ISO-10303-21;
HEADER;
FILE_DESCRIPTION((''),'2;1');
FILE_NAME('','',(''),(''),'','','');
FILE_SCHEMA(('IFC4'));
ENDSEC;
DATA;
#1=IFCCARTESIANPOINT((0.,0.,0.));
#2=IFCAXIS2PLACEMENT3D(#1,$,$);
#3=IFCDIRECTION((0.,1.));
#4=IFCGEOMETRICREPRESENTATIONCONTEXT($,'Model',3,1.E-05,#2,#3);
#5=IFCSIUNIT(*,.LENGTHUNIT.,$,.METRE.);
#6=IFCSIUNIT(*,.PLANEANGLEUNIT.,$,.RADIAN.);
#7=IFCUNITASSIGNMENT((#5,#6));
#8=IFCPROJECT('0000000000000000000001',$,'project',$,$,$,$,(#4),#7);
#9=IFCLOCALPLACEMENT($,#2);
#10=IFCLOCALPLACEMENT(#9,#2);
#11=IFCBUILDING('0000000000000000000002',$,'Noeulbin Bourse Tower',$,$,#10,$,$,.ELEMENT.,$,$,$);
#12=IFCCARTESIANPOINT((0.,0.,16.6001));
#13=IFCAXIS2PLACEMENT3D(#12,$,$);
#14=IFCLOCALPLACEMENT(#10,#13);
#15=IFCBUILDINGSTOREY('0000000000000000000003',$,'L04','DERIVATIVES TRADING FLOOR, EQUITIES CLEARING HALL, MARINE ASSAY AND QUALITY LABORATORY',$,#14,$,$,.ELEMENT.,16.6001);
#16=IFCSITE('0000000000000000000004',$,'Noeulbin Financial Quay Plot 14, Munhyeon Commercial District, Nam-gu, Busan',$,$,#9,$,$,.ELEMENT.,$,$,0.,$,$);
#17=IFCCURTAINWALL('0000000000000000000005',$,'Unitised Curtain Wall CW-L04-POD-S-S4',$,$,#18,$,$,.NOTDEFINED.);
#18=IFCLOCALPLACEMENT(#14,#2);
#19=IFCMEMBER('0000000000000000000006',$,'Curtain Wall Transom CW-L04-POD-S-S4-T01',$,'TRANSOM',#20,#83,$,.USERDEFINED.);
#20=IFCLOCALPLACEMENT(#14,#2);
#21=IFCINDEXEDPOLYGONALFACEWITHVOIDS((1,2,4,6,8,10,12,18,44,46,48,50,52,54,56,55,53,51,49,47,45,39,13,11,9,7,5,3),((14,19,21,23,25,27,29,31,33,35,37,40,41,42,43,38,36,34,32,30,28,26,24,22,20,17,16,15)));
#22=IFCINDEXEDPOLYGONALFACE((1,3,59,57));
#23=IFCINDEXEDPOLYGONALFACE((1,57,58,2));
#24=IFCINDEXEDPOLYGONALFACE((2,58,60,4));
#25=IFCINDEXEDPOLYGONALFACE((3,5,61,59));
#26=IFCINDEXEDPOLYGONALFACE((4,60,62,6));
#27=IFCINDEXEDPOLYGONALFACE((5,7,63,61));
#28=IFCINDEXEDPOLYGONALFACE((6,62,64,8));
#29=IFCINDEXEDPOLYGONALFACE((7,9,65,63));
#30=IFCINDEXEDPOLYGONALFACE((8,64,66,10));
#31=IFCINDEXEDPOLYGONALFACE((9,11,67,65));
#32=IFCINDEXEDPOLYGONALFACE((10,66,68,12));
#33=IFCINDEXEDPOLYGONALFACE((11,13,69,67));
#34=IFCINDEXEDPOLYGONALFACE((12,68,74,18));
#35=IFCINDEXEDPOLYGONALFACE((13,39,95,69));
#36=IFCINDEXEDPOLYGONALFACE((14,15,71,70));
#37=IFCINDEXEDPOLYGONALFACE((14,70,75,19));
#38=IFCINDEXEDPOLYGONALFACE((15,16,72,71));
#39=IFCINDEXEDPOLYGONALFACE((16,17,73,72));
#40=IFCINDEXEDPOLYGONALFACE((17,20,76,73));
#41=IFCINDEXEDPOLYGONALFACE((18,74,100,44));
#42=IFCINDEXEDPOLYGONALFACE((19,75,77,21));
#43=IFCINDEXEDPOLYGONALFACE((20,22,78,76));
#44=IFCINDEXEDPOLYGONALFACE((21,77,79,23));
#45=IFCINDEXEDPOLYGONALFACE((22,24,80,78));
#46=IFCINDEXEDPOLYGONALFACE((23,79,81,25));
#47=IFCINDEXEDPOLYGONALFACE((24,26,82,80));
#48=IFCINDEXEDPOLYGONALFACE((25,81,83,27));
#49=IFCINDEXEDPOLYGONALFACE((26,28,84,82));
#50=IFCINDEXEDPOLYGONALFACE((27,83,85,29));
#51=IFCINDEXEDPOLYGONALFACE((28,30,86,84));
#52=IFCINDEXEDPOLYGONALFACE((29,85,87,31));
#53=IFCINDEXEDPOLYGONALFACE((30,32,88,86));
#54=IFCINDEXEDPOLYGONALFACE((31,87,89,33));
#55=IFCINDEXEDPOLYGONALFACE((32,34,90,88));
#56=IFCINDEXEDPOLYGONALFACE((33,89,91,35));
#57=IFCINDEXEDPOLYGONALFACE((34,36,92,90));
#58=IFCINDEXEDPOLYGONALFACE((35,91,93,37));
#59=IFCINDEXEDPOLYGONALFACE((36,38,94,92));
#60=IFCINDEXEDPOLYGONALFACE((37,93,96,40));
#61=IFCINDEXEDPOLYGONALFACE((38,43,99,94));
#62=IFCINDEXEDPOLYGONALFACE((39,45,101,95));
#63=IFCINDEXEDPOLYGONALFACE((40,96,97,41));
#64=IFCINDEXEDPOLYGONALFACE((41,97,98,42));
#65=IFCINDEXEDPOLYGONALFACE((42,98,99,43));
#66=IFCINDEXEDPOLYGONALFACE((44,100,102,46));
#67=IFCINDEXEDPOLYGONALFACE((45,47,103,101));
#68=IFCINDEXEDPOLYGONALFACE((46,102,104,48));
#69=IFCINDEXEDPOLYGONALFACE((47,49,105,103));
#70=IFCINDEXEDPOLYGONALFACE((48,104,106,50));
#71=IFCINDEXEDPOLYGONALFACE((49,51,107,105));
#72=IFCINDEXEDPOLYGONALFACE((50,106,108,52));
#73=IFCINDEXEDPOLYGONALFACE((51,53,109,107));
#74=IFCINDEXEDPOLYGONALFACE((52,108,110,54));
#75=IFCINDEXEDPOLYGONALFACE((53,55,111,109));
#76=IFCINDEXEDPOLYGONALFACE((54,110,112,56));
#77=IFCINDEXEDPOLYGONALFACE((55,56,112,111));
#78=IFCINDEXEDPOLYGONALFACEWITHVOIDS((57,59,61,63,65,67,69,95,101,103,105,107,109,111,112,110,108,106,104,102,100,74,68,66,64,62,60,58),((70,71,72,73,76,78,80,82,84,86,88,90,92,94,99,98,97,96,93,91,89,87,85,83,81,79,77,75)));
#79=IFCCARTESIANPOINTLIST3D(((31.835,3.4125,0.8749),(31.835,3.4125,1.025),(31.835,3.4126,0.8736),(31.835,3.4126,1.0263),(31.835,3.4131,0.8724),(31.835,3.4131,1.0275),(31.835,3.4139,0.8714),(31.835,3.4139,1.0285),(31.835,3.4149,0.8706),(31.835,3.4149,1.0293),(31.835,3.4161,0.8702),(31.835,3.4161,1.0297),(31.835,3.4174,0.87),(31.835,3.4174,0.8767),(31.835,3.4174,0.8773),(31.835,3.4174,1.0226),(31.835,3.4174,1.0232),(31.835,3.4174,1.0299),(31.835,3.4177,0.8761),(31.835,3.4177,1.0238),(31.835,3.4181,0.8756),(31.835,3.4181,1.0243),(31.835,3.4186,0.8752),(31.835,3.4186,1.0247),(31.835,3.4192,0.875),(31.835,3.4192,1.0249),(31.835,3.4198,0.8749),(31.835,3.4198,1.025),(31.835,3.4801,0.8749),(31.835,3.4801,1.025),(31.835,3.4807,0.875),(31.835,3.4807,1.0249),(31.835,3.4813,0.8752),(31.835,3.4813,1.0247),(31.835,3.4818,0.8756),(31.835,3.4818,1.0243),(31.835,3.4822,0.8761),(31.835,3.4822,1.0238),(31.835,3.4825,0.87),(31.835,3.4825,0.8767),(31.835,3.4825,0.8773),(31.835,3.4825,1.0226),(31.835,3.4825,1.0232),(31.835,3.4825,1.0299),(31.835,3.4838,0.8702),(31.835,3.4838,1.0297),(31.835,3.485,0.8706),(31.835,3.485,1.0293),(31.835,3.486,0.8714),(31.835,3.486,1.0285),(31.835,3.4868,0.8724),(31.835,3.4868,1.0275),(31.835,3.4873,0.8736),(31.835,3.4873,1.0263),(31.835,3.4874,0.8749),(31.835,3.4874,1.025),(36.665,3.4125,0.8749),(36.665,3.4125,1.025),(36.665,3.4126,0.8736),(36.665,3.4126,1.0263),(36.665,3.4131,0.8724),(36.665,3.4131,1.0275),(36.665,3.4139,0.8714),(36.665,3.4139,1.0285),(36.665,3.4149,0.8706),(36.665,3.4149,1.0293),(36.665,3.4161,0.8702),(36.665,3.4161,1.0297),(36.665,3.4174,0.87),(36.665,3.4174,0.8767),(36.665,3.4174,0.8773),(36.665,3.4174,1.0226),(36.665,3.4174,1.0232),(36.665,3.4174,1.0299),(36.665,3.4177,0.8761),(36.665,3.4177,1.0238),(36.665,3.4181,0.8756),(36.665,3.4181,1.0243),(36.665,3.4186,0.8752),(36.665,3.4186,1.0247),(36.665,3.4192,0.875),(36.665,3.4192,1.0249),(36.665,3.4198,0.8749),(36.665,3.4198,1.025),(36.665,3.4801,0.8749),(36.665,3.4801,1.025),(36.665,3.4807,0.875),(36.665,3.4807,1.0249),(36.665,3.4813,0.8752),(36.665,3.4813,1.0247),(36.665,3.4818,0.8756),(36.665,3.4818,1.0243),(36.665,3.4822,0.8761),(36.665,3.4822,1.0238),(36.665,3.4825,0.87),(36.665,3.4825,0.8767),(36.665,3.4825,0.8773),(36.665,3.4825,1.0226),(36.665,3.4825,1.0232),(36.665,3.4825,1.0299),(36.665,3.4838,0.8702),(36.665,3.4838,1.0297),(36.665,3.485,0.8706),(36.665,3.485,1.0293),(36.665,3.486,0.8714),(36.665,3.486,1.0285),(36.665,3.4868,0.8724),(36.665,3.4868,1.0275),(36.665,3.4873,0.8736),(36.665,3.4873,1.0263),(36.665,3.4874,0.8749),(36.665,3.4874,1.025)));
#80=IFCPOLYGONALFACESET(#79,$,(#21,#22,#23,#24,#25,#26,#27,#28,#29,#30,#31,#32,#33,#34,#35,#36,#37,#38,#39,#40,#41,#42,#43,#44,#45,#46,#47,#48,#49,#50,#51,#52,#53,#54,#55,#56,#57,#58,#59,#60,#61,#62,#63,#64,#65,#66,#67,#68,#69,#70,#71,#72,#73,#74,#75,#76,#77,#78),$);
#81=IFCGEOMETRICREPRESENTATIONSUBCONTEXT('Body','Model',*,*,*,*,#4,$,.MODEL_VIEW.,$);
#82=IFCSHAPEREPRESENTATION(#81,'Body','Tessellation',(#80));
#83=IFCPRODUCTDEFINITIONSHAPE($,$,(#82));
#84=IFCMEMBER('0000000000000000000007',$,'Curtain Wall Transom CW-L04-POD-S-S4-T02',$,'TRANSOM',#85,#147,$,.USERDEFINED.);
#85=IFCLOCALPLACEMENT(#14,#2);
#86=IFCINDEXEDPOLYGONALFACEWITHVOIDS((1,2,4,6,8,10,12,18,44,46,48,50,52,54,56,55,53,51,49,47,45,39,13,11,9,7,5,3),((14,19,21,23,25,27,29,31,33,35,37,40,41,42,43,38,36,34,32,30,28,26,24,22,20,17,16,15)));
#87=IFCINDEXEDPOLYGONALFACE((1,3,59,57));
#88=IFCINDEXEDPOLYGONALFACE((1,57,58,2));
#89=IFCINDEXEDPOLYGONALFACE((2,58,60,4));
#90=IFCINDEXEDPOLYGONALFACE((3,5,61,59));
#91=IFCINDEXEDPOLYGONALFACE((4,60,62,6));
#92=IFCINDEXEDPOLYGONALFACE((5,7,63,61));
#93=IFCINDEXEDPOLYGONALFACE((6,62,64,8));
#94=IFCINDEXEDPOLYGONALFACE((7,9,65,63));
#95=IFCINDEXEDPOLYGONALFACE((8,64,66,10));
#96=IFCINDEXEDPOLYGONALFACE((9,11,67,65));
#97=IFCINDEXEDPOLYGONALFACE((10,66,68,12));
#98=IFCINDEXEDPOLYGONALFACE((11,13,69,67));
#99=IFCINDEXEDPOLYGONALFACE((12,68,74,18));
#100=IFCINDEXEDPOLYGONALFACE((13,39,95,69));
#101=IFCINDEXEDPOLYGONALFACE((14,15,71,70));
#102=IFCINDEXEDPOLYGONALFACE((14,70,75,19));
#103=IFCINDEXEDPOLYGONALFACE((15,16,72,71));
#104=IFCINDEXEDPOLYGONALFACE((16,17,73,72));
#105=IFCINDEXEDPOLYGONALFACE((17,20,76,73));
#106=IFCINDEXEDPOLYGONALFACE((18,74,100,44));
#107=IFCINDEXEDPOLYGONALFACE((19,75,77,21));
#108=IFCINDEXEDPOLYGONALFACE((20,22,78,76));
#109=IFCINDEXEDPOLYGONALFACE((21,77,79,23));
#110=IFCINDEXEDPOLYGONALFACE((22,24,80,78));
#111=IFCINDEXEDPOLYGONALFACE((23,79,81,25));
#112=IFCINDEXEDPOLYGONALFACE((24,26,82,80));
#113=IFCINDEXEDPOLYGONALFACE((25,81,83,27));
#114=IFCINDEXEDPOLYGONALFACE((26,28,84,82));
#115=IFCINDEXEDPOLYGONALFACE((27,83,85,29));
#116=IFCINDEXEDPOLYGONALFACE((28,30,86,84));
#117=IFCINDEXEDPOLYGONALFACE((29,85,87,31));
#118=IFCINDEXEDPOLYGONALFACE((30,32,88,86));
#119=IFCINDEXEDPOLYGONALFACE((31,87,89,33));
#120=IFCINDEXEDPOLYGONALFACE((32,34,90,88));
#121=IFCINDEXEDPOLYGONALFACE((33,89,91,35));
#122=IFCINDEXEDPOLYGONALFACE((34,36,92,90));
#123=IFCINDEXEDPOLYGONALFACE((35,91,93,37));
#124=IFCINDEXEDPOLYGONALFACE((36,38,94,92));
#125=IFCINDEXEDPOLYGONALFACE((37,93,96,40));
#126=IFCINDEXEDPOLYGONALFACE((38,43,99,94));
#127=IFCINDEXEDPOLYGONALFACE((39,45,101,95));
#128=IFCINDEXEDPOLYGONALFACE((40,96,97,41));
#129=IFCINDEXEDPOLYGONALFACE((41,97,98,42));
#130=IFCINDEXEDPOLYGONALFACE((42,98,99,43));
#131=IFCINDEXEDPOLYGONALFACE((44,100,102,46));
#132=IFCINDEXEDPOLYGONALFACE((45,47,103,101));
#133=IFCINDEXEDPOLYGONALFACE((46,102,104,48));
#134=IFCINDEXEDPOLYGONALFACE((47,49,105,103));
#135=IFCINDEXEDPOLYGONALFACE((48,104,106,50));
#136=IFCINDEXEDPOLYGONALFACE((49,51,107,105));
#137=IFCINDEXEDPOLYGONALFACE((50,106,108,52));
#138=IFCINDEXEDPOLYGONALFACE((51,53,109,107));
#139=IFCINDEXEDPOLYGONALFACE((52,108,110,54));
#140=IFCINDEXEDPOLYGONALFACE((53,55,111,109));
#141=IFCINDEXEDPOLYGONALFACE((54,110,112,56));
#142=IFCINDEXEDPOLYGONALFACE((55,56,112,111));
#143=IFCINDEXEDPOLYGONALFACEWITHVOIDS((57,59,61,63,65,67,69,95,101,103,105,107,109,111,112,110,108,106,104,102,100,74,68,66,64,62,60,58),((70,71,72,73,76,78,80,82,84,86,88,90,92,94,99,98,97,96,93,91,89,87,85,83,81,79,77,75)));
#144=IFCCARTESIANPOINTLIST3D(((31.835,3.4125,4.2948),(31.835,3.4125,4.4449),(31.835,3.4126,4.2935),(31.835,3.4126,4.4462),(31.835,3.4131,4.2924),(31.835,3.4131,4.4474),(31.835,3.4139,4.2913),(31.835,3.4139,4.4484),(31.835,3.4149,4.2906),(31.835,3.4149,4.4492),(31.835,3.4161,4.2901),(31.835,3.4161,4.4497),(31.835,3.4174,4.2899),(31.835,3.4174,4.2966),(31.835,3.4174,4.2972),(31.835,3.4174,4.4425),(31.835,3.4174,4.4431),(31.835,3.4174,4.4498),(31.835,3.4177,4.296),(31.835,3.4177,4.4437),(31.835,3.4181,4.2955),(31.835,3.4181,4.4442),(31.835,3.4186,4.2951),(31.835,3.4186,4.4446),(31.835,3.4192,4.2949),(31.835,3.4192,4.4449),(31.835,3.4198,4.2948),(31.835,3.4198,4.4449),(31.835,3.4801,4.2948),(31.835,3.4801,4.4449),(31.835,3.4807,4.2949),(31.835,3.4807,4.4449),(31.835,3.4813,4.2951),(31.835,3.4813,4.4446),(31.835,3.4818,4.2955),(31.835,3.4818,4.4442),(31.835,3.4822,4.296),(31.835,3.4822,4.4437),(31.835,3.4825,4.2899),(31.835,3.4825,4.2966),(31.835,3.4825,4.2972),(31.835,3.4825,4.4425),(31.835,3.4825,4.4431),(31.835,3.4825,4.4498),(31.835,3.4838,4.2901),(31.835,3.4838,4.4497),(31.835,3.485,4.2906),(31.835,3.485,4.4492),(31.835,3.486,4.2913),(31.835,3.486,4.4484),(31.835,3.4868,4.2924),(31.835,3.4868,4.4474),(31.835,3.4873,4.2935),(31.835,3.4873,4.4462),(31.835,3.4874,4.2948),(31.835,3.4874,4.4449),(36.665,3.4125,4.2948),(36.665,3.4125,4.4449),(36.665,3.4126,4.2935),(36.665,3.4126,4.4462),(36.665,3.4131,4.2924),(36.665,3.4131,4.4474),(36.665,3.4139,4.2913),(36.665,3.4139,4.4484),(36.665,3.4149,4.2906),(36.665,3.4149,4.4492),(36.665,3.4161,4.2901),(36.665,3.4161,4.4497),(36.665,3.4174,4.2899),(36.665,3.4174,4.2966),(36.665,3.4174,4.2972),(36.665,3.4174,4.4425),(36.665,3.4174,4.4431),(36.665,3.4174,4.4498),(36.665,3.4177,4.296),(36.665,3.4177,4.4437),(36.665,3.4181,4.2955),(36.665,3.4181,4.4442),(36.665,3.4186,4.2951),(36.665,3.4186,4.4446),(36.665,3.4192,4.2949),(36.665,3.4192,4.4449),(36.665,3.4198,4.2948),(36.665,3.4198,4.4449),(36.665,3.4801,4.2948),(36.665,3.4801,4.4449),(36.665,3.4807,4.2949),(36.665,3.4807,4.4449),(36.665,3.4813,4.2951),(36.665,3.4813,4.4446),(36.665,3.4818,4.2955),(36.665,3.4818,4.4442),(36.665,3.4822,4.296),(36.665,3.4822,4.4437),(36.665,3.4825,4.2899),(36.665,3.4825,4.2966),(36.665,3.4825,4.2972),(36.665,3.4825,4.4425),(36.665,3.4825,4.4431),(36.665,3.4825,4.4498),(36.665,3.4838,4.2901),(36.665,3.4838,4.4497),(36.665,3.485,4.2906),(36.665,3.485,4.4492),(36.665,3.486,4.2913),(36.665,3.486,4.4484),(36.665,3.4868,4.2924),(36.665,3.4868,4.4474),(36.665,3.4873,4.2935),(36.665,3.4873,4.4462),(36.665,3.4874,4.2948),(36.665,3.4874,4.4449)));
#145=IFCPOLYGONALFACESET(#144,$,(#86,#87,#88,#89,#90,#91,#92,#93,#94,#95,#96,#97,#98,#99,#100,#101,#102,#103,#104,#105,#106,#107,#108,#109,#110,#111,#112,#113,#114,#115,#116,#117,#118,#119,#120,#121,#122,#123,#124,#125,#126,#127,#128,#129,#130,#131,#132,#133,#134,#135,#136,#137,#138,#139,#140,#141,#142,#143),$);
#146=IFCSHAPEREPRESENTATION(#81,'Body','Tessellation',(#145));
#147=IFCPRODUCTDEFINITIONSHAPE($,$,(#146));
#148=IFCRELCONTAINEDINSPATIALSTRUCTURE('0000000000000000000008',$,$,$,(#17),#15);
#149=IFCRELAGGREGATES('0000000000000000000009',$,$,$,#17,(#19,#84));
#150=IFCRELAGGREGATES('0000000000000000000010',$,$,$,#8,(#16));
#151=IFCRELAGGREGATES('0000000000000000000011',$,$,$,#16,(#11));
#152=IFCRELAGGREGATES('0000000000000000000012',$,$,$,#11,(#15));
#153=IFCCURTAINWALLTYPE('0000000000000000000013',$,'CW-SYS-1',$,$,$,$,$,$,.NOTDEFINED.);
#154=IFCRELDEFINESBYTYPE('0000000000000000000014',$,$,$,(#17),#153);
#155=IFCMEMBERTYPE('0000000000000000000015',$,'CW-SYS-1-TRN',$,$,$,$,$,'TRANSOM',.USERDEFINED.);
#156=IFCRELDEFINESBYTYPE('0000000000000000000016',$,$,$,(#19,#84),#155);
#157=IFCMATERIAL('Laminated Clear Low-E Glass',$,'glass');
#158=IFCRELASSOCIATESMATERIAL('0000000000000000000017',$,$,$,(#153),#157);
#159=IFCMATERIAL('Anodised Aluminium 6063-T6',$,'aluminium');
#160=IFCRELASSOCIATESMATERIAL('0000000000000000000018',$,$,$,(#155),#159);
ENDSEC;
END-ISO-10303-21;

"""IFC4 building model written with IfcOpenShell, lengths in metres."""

from ifc_helpers import new_model, si_unit, direction, frame, origin, origin_2d, place, context, subcontext, project, spatial, hollow_rectangle, extrude, material, material_profile, profile_set, type_object, element, aggregate, save


model = new_model("IFC4")

# Units and contexts
model_context = context("Model", 3, precision=1e-05, world=origin(), true_north=direction((0.0, 1.0)))
body_context = subcontext(model_context, "Body", "Model", "MODEL_VIEW")
ifc_project = project(units=[si_unit("LENGTHUNIT", "METRE"), si_unit("PLANEANGLEUNIT", "RADIAN")], contexts=[model_context])

# Site, building, storey
site_placement = place(None, origin())
site = spatial("IfcSite", under=ifc_project, at=site_placement, Name="Noeulbin Financial Quay Plot 14, Munhyeon Commercial District, Nam-gu, Busan", CompositionType="ELEMENT", RefElevation=0.0)
building_placement = place(site_placement, origin())
building = spatial("IfcBuilding", under=site, at=building_placement, Name="Noeulbin Bourse Tower", CompositionType="ELEMENT")
storey_placement = place(building_placement, frame((0.0, 0.0, 16.6001)))
storey = spatial("IfcBuildingStorey", under=building, at=storey_placement, Name="L04", Description="DERIVATIVES TRADING FLOOR, EQUITIES CLEARING HALL, MARINE ASSAY AND QUALITY LABORATORY", CompositionType="ELEMENT", Elevation=16.6001)

# Shared definitions
ifc_material_1 = material(Name="Laminated Clear Low-E Glass", Category="glass")
curtain_wall_type = type_object("IfcCurtainWallType", Name="CW-SYS-1", PredefinedType="NOTDEFINED", material=ifc_material_1)
ifc_material_2 = material(Name="Anodised Aluminium 6063-T6", Category="aluminium")

# Curtain wall
curtain_wall_1_placement = place(storey_placement, origin())
curtain_wall_1 = element("IfcCurtainWall", 1, at=curtain_wall_1_placement, inside=storey, type_object=curtain_wall_type, Name="Unitised Curtain Wall CW-L04-POD-S-S4", PredefinedType="NOTDEFINED")

# Members
ifc_material_profile_1 = material_profile(ifc_material_2, hollow_rectangle(XDim=0.075, YDim=0.1599, WallThickness=0.0049, InnerFilletRadius=0.0024, OuterFilletRadius=0.0049, at=origin_2d()), Name="ALU-TRAN-75x160x5", Category="LoadBearing")
ifc_profile_set_1 = profile_set([ifc_material_profile_1], Name="Anodised Aluminium 6063-T6")
member_type_1 = type_object("IfcMemberType", Name="CW-SYS-1-TRN", ElementType="TRANSOM", PredefinedType="USERDEFINED", material=ifc_profile_set_1)
member_1_placement = place(storey_placement, frame((31.835, 3.45, 0.95), z_axis=(1.0, 0.0, 0.0), x_axis=(0.0, 1.0, 0.0)))
member_1 = element("IfcMember", 2, at=member_1_placement, type_object=member_type_1, Name="Curtain Wall Transom CW-L04-POD-S-S4-T01", ObjectType="TRANSOM", PredefinedType="USERDEFINED", context=body_context, shape_type="SweptSolid", body=[
    extrude(hollow_rectangle(XDim=0.075, YDim=0.1599, WallThickness=0.0049, InnerFilletRadius=0.0024, OuterFilletRadius=0.0049, at=origin_2d()), origin(), (0.0, 0.0, 1.0), 4.8301),
])
member_2_placement = place(storey_placement, frame((31.835, 3.45, 4.3699), z_axis=(1.0, 0.0, 0.0), x_axis=(0.0, 1.0, 0.0)))
member_2 = element("IfcMember", 3, at=member_2_placement, type_object=member_type_1, Name="Curtain Wall Transom CW-L04-POD-S-S4-T02", ObjectType="TRANSOM", PredefinedType="USERDEFINED", context=body_context, shape_type="SweptSolid", body=[
    extrude(hollow_rectangle(XDim=0.075, YDim=0.1599, WallThickness=0.0049, InnerFilletRadius=0.0024, OuterFilletRadius=0.0049, at=origin_2d()), origin(), (0.0, 0.0, 1.0), 4.8301),
])

aggregate(curtain_wall_1, [member_1, member_2])

save(model, "model.ifc")
